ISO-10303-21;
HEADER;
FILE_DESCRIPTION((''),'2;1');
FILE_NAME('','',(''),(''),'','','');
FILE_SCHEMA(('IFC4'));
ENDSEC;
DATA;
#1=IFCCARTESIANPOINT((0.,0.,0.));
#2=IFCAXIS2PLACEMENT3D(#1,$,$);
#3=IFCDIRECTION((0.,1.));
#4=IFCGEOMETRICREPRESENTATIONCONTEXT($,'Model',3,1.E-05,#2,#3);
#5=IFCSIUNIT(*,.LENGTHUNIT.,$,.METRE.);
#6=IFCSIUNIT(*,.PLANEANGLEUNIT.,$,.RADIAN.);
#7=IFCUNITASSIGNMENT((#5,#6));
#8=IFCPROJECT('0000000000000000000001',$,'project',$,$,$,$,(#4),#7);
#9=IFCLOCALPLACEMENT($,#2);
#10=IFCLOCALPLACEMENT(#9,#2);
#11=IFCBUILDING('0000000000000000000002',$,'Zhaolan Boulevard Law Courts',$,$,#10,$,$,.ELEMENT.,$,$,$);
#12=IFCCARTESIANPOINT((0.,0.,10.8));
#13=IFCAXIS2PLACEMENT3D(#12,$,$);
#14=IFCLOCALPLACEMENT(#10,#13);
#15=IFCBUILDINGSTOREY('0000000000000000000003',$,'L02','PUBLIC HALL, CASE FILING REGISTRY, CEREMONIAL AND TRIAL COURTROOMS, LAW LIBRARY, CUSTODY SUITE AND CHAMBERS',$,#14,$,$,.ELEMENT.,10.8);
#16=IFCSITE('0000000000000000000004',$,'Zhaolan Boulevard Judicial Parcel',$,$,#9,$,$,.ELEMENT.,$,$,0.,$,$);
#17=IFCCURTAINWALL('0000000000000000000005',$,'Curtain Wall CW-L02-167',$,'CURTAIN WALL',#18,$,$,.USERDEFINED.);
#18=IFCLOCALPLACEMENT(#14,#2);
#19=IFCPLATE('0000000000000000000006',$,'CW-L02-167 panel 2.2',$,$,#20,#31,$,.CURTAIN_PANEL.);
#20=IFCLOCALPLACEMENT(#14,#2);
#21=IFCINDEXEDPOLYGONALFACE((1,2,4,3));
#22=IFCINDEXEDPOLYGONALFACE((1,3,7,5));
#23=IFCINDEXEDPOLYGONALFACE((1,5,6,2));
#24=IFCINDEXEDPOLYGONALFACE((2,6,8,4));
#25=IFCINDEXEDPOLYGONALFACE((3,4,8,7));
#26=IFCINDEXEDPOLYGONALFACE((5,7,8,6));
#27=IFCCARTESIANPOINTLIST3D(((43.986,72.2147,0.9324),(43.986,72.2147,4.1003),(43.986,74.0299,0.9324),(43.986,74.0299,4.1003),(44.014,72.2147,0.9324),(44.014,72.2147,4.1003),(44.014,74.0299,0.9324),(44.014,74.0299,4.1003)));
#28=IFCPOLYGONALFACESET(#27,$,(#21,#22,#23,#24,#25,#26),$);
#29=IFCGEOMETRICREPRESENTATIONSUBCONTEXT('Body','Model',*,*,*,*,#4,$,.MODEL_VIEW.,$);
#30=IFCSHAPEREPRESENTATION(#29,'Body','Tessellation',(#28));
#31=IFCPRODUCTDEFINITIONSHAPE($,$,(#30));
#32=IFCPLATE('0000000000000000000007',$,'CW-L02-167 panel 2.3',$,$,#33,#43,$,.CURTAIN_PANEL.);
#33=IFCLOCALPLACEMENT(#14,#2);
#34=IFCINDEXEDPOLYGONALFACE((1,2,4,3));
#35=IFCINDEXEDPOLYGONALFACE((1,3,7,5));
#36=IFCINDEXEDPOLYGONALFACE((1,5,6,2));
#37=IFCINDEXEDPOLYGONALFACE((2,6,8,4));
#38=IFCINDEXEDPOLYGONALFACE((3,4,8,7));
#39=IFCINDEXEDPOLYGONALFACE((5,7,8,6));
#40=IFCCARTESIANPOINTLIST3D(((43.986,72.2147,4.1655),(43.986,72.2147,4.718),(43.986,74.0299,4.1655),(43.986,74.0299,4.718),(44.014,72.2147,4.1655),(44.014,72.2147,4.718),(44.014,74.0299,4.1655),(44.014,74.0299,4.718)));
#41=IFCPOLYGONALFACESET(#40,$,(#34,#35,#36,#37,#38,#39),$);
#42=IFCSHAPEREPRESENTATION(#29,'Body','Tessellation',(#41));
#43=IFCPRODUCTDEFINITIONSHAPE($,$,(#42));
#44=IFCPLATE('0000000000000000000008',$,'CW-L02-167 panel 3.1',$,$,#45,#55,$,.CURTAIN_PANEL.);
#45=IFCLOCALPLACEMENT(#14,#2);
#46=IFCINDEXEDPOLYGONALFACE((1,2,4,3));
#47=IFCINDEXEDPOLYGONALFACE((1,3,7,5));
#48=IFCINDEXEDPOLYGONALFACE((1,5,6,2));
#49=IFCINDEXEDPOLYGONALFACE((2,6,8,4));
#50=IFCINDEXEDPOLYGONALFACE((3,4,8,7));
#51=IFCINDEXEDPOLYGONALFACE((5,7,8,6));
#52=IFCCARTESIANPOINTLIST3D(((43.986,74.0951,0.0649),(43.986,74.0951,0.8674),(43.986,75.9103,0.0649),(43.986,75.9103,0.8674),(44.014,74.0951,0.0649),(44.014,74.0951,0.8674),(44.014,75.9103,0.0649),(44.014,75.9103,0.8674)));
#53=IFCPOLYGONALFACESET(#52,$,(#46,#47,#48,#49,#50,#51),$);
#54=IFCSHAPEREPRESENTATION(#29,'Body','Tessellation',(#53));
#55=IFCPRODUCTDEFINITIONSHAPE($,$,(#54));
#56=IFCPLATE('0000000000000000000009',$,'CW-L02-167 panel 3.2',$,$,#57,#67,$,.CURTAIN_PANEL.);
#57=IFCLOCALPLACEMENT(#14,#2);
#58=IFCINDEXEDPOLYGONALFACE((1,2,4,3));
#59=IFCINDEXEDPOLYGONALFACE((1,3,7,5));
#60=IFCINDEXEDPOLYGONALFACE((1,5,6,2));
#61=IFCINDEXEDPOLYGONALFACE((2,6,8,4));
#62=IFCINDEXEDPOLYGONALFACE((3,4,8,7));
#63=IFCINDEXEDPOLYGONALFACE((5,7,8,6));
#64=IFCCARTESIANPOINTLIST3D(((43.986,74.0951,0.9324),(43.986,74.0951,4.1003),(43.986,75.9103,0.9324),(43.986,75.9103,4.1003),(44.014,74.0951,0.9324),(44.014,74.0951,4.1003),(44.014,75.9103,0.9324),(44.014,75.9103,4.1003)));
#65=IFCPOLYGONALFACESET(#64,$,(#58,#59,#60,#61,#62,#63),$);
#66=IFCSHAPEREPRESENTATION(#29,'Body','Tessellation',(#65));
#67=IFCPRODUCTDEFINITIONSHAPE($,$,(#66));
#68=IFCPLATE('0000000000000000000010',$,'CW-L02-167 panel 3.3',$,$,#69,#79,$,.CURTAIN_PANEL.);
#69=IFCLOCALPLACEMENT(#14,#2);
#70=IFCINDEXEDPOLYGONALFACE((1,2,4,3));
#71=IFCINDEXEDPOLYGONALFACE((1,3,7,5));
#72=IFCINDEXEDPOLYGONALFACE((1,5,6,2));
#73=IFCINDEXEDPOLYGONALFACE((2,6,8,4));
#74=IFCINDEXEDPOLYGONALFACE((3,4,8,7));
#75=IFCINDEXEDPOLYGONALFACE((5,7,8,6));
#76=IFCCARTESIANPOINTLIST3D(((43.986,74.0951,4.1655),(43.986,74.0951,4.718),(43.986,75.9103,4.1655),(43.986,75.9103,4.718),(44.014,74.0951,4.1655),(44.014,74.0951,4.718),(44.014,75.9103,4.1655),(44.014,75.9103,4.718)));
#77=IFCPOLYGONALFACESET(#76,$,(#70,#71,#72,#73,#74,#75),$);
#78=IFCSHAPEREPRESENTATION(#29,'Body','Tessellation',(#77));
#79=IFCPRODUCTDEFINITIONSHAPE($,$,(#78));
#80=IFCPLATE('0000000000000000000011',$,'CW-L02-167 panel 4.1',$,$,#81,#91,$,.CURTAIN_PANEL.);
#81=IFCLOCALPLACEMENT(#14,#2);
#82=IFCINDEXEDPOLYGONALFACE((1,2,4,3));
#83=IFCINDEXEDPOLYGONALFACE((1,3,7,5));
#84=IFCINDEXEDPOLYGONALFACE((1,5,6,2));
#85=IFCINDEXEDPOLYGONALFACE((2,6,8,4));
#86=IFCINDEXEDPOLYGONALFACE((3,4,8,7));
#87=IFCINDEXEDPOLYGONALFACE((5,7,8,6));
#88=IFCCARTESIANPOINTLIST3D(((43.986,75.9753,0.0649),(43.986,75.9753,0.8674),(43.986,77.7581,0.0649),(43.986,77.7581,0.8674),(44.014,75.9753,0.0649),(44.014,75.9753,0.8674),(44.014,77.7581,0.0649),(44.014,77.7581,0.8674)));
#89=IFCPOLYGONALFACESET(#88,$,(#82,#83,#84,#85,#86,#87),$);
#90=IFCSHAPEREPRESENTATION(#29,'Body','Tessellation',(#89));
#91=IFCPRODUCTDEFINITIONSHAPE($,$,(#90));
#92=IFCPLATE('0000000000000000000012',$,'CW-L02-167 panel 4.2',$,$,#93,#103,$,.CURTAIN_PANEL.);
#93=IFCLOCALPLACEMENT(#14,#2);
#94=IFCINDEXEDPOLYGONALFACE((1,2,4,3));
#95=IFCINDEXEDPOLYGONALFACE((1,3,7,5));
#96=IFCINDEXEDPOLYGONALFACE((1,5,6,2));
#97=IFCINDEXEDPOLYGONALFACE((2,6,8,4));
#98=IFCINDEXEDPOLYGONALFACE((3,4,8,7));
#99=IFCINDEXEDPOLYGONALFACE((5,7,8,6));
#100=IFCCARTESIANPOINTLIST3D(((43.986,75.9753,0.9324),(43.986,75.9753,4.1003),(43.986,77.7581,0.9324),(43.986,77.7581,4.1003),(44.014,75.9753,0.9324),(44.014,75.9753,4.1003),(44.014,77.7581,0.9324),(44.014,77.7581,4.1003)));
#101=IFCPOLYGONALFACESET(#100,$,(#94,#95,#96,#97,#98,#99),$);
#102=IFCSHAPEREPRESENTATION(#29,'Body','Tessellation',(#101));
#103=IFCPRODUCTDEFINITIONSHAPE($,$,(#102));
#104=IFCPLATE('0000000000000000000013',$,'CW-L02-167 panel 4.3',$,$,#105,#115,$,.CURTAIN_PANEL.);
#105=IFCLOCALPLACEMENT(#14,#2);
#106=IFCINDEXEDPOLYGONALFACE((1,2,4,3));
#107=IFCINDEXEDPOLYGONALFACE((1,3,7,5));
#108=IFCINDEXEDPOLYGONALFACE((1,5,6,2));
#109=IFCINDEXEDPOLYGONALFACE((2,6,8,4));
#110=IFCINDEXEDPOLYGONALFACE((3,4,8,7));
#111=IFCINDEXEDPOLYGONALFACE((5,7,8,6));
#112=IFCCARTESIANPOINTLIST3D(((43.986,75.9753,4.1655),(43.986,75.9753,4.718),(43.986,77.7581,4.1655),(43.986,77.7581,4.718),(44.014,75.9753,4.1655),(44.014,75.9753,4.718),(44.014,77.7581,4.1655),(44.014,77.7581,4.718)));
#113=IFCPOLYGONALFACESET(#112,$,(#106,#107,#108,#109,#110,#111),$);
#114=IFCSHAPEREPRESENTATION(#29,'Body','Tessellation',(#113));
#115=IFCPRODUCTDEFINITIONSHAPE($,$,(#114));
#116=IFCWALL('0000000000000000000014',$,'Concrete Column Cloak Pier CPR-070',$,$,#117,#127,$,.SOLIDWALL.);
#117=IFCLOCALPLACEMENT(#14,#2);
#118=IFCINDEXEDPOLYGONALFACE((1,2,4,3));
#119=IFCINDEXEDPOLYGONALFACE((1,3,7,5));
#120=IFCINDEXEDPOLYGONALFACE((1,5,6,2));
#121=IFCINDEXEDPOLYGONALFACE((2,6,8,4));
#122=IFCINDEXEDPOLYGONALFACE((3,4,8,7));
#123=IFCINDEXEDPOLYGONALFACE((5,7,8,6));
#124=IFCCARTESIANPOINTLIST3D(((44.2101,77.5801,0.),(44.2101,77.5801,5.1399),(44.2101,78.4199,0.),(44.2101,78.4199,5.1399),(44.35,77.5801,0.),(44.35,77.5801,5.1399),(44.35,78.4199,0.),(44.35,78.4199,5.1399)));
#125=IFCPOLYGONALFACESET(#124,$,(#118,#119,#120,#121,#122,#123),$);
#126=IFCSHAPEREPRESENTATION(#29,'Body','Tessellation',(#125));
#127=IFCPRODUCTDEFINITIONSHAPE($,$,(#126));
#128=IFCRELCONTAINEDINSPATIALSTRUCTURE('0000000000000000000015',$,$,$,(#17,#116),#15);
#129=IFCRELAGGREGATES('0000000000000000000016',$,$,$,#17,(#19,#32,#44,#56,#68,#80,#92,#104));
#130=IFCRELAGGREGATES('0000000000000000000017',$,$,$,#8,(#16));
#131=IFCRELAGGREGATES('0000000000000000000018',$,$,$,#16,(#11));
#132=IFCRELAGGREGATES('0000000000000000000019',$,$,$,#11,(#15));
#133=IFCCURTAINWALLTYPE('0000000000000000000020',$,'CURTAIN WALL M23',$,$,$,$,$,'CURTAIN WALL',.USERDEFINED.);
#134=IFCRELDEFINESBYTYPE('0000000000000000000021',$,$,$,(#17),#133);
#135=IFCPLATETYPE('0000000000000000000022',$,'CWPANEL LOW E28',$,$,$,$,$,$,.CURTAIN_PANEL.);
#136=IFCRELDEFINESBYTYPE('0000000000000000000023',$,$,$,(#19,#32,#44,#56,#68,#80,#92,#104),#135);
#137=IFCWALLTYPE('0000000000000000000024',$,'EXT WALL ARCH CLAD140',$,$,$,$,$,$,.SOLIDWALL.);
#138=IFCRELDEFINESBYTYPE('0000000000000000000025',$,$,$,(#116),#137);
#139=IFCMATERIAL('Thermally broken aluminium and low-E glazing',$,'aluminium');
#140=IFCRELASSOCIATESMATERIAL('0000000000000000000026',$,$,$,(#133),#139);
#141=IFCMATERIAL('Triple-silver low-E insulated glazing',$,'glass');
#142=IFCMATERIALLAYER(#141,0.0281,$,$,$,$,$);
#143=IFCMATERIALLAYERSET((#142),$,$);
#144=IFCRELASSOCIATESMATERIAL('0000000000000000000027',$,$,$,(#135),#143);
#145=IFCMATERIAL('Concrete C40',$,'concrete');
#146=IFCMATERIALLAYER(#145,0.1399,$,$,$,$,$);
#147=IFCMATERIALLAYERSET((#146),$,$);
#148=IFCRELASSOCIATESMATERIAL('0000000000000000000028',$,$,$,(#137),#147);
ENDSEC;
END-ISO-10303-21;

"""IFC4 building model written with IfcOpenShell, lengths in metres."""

from ifc_helpers import new_model, si_unit, direction, frame, frame_2d, origin, origin_2d, place, context, subcontext, project, spatial, rectangle, extrude, material, layer, layer_set, type_object, element, aggregate, save


model = new_model("IFC4")

# Units and contexts
model_context = context("Model", 3, precision=1e-05, world=origin(), true_north=direction((0.0, 1.0)))
body_context = subcontext(model_context, "Body", "Model", "MODEL_VIEW")
ifc_project = project(units=[si_unit("LENGTHUNIT", "METRE"), si_unit("PLANEANGLEUNIT", "RADIAN")], contexts=[model_context])

# Site, building, storey
site_placement = place(None, origin())
site = spatial("IfcSite", under=ifc_project, at=site_placement, Name="Zhaolan Boulevard Judicial Parcel", CompositionType="ELEMENT", RefElevation=0.0)
building_placement = place(site_placement, origin())
building = spatial("IfcBuilding", under=site, at=building_placement, Name="Zhaolan Boulevard Law Courts", CompositionType="ELEMENT")
storey_placement = place(building_placement, frame((0.0, 0.0, 10.8)))
storey = spatial("IfcBuildingStorey", under=building, at=storey_placement, Name="L02", Description="PUBLIC HALL, CASE FILING REGISTRY, CEREMONIAL AND TRIAL COURTROOMS, LAW LIBRARY, CUSTODY SUITE AND CHAMBERS", CompositionType="ELEMENT", Elevation=10.8)

# Curtain wall, plates
ifc_material_1 = material(Name="Thermally broken aluminium and low-E glazing", Category="aluminium")
curtain_wall_type = type_object("IfcCurtainWallType", Name="CURTAIN WALL M23", ElementType="CURTAIN WALL", PredefinedType="USERDEFINED", material=ifc_material_1)
curtain_wall_placement = place(storey_placement, origin())
curtain_wall = element("IfcCurtainWall", 1, at=curtain_wall_placement, inside=storey, type_object=curtain_wall_type, Name="Curtain Wall CW-L02-167", ObjectType="CURTAIN WALL", PredefinedType="USERDEFINED")
ifc_material_2 = material(Name="Triple-silver low-E insulated glazing", Category="glass")
ifc_layer_1 = layer(ifc_material_2, 0.0281)
ifc_layer_set_1 = layer_set([ifc_layer_1])
plate_type = type_object("IfcPlateType", Name="CWPANEL LOW E28", PredefinedType="CURTAIN_PANEL", material=ifc_layer_set_1)
plate_1_placement = place(storey_placement, frame((44.0, 73.1223, 0.9324), z_axis=(0.0, 0.0, 1.0), x_axis=(0.0, 1.0, 0.0)))
plate_1 = element("IfcPlate", 2, at=plate_1_placement, type_object=plate_type, Name="CW-L02-167 panel 2.2", PredefinedType="CURTAIN_PANEL", context=body_context, shape_type="SweptSolid", body=[
    extrude(rectangle(XDim=1.8152, YDim=0.0281, at=origin_2d()), origin(), (0.0, 0.0, 1.0), 3.168),
])
plate_2_placement = place(storey_placement, frame((44.0, 73.1223, 4.1655), z_axis=(0.0, 0.0, 1.0), x_axis=(0.0, 1.0, 0.0)))
plate_2 = element("IfcPlate", 3, at=plate_2_placement, type_object=plate_type, Name="CW-L02-167 panel 2.3", PredefinedType="CURTAIN_PANEL", context=body_context, shape_type="SweptSolid", body=[
    extrude(rectangle(XDim=1.8152, YDim=0.0281, at=origin_2d()), origin(), (0.0, 0.0, 1.0), 0.5525),
])
plate_3_placement = place(storey_placement, frame((44.0, 75.0027, 0.0649), z_axis=(0.0, 0.0, 1.0), x_axis=(0.0, 1.0, 0.0)))
plate_3 = element("IfcPlate", 4, at=plate_3_placement, type_object=plate_type, Name="CW-L02-167 panel 3.1", PredefinedType="CURTAIN_PANEL", context=body_context, shape_type="SweptSolid", body=[
    extrude(rectangle(XDim=1.8152, YDim=0.0281, at=origin_2d()), origin(), (0.0, 0.0, 1.0), 0.8025),
])
plate_4_placement = place(storey_placement, frame((44.0, 75.0027, 0.9324), z_axis=(0.0, 0.0, 1.0), x_axis=(0.0, 1.0, 0.0)))
plate_4 = element("IfcPlate", 5, at=plate_4_placement, type_object=plate_type, Name="CW-L02-167 panel 3.2", PredefinedType="CURTAIN_PANEL", context=body_context, shape_type="SweptSolid", body=[
    extrude(rectangle(XDim=1.8152, YDim=0.0281, at=origin_2d()), origin(), (0.0, 0.0, 1.0), 3.168),
])
plate_5_placement = place(storey_placement, frame((44.0, 75.0027, 4.1655), z_axis=(0.0, 0.0, 1.0), x_axis=(0.0, 1.0, 0.0)))
plate_5 = element("IfcPlate", 6, at=plate_5_placement, type_object=plate_type, Name="CW-L02-167 panel 3.3", PredefinedType="CURTAIN_PANEL", context=body_context, shape_type="SweptSolid", body=[
    extrude(rectangle(XDim=1.8152, YDim=0.0281, at=origin_2d()), origin(), (0.0, 0.0, 1.0), 0.5525),
])
plate_6_placement = place(storey_placement, frame((44.0, 76.8667, 0.0649), z_axis=(0.0, 0.0, 1.0), x_axis=(0.0, 1.0, 0.0)))
plate_6 = element("IfcPlate", 7, at=plate_6_placement, type_object=plate_type, Name="CW-L02-167 panel 4.1", PredefinedType="CURTAIN_PANEL", context=body_context, shape_type="SweptSolid", body=[
    extrude(rectangle(XDim=1.7827, YDim=0.0281, at=origin_2d()), origin(), (0.0, 0.0, 1.0), 0.8025),
])
plate_7_placement = place(storey_placement, frame((44.0, 76.8667, 0.9324), z_axis=(0.0, 0.0, 1.0), x_axis=(0.0, 1.0, 0.0)))
plate_7 = element("IfcPlate", 8, at=plate_7_placement, type_object=plate_type, Name="CW-L02-167 panel 4.2", PredefinedType="CURTAIN_PANEL", context=body_context, shape_type="SweptSolid", body=[
    extrude(rectangle(XDim=1.7827, YDim=0.0281, at=origin_2d()), origin(), (0.0, 0.0, 1.0), 3.168),
])
plate_8_placement = place(storey_placement, frame((44.0, 76.8667, 4.1655), z_axis=(0.0, 0.0, 1.0), x_axis=(0.0, 1.0, 0.0)))
plate_8 = element("IfcPlate", 9, at=plate_8_placement, type_object=plate_type, Name="CW-L02-167 panel 4.3", PredefinedType="CURTAIN_PANEL", context=body_context, shape_type="SweptSolid", body=[
    extrude(rectangle(XDim=1.7827, YDim=0.0281, at=origin_2d()), origin(), (0.0, 0.0, 1.0), 0.5525),
])
aggregate(curtain_wall, [plate_1, plate_2, plate_3, plate_4, plate_5, plate_6, plate_7, plate_8])

# Wall
ifc_material_3 = material(Name="Concrete C40", Category="concrete")
ifc_layer_2 = layer(ifc_material_3, 0.1399)
ifc_layer_set_2 = layer_set([ifc_layer_2])
wall_type = type_object("IfcWallType", Name="EXT WALL ARCH CLAD140", PredefinedType="SOLIDWALL", material=ifc_layer_set_2)
wall_placement = place(storey_placement, frame((44.28, 77.5801, 0.0), z_axis=(0.0, 0.0, 1.0), x_axis=(0.0, 1.0, 0.0)))
element("IfcWall", 10, at=wall_placement, inside=storey, type_object=wall_type, Name="Concrete Column Cloak Pier CPR-070", PredefinedType="SOLIDWALL", context=body_context, shape_type="SweptSolid", body=[
    extrude(rectangle(XDim=0.8398, YDim=0.1399, at=frame_2d((0.4199, 0.0))), origin(), (0.0, 0.0, 1.0), 5.1399),
])

save(model, "model.ifc")
